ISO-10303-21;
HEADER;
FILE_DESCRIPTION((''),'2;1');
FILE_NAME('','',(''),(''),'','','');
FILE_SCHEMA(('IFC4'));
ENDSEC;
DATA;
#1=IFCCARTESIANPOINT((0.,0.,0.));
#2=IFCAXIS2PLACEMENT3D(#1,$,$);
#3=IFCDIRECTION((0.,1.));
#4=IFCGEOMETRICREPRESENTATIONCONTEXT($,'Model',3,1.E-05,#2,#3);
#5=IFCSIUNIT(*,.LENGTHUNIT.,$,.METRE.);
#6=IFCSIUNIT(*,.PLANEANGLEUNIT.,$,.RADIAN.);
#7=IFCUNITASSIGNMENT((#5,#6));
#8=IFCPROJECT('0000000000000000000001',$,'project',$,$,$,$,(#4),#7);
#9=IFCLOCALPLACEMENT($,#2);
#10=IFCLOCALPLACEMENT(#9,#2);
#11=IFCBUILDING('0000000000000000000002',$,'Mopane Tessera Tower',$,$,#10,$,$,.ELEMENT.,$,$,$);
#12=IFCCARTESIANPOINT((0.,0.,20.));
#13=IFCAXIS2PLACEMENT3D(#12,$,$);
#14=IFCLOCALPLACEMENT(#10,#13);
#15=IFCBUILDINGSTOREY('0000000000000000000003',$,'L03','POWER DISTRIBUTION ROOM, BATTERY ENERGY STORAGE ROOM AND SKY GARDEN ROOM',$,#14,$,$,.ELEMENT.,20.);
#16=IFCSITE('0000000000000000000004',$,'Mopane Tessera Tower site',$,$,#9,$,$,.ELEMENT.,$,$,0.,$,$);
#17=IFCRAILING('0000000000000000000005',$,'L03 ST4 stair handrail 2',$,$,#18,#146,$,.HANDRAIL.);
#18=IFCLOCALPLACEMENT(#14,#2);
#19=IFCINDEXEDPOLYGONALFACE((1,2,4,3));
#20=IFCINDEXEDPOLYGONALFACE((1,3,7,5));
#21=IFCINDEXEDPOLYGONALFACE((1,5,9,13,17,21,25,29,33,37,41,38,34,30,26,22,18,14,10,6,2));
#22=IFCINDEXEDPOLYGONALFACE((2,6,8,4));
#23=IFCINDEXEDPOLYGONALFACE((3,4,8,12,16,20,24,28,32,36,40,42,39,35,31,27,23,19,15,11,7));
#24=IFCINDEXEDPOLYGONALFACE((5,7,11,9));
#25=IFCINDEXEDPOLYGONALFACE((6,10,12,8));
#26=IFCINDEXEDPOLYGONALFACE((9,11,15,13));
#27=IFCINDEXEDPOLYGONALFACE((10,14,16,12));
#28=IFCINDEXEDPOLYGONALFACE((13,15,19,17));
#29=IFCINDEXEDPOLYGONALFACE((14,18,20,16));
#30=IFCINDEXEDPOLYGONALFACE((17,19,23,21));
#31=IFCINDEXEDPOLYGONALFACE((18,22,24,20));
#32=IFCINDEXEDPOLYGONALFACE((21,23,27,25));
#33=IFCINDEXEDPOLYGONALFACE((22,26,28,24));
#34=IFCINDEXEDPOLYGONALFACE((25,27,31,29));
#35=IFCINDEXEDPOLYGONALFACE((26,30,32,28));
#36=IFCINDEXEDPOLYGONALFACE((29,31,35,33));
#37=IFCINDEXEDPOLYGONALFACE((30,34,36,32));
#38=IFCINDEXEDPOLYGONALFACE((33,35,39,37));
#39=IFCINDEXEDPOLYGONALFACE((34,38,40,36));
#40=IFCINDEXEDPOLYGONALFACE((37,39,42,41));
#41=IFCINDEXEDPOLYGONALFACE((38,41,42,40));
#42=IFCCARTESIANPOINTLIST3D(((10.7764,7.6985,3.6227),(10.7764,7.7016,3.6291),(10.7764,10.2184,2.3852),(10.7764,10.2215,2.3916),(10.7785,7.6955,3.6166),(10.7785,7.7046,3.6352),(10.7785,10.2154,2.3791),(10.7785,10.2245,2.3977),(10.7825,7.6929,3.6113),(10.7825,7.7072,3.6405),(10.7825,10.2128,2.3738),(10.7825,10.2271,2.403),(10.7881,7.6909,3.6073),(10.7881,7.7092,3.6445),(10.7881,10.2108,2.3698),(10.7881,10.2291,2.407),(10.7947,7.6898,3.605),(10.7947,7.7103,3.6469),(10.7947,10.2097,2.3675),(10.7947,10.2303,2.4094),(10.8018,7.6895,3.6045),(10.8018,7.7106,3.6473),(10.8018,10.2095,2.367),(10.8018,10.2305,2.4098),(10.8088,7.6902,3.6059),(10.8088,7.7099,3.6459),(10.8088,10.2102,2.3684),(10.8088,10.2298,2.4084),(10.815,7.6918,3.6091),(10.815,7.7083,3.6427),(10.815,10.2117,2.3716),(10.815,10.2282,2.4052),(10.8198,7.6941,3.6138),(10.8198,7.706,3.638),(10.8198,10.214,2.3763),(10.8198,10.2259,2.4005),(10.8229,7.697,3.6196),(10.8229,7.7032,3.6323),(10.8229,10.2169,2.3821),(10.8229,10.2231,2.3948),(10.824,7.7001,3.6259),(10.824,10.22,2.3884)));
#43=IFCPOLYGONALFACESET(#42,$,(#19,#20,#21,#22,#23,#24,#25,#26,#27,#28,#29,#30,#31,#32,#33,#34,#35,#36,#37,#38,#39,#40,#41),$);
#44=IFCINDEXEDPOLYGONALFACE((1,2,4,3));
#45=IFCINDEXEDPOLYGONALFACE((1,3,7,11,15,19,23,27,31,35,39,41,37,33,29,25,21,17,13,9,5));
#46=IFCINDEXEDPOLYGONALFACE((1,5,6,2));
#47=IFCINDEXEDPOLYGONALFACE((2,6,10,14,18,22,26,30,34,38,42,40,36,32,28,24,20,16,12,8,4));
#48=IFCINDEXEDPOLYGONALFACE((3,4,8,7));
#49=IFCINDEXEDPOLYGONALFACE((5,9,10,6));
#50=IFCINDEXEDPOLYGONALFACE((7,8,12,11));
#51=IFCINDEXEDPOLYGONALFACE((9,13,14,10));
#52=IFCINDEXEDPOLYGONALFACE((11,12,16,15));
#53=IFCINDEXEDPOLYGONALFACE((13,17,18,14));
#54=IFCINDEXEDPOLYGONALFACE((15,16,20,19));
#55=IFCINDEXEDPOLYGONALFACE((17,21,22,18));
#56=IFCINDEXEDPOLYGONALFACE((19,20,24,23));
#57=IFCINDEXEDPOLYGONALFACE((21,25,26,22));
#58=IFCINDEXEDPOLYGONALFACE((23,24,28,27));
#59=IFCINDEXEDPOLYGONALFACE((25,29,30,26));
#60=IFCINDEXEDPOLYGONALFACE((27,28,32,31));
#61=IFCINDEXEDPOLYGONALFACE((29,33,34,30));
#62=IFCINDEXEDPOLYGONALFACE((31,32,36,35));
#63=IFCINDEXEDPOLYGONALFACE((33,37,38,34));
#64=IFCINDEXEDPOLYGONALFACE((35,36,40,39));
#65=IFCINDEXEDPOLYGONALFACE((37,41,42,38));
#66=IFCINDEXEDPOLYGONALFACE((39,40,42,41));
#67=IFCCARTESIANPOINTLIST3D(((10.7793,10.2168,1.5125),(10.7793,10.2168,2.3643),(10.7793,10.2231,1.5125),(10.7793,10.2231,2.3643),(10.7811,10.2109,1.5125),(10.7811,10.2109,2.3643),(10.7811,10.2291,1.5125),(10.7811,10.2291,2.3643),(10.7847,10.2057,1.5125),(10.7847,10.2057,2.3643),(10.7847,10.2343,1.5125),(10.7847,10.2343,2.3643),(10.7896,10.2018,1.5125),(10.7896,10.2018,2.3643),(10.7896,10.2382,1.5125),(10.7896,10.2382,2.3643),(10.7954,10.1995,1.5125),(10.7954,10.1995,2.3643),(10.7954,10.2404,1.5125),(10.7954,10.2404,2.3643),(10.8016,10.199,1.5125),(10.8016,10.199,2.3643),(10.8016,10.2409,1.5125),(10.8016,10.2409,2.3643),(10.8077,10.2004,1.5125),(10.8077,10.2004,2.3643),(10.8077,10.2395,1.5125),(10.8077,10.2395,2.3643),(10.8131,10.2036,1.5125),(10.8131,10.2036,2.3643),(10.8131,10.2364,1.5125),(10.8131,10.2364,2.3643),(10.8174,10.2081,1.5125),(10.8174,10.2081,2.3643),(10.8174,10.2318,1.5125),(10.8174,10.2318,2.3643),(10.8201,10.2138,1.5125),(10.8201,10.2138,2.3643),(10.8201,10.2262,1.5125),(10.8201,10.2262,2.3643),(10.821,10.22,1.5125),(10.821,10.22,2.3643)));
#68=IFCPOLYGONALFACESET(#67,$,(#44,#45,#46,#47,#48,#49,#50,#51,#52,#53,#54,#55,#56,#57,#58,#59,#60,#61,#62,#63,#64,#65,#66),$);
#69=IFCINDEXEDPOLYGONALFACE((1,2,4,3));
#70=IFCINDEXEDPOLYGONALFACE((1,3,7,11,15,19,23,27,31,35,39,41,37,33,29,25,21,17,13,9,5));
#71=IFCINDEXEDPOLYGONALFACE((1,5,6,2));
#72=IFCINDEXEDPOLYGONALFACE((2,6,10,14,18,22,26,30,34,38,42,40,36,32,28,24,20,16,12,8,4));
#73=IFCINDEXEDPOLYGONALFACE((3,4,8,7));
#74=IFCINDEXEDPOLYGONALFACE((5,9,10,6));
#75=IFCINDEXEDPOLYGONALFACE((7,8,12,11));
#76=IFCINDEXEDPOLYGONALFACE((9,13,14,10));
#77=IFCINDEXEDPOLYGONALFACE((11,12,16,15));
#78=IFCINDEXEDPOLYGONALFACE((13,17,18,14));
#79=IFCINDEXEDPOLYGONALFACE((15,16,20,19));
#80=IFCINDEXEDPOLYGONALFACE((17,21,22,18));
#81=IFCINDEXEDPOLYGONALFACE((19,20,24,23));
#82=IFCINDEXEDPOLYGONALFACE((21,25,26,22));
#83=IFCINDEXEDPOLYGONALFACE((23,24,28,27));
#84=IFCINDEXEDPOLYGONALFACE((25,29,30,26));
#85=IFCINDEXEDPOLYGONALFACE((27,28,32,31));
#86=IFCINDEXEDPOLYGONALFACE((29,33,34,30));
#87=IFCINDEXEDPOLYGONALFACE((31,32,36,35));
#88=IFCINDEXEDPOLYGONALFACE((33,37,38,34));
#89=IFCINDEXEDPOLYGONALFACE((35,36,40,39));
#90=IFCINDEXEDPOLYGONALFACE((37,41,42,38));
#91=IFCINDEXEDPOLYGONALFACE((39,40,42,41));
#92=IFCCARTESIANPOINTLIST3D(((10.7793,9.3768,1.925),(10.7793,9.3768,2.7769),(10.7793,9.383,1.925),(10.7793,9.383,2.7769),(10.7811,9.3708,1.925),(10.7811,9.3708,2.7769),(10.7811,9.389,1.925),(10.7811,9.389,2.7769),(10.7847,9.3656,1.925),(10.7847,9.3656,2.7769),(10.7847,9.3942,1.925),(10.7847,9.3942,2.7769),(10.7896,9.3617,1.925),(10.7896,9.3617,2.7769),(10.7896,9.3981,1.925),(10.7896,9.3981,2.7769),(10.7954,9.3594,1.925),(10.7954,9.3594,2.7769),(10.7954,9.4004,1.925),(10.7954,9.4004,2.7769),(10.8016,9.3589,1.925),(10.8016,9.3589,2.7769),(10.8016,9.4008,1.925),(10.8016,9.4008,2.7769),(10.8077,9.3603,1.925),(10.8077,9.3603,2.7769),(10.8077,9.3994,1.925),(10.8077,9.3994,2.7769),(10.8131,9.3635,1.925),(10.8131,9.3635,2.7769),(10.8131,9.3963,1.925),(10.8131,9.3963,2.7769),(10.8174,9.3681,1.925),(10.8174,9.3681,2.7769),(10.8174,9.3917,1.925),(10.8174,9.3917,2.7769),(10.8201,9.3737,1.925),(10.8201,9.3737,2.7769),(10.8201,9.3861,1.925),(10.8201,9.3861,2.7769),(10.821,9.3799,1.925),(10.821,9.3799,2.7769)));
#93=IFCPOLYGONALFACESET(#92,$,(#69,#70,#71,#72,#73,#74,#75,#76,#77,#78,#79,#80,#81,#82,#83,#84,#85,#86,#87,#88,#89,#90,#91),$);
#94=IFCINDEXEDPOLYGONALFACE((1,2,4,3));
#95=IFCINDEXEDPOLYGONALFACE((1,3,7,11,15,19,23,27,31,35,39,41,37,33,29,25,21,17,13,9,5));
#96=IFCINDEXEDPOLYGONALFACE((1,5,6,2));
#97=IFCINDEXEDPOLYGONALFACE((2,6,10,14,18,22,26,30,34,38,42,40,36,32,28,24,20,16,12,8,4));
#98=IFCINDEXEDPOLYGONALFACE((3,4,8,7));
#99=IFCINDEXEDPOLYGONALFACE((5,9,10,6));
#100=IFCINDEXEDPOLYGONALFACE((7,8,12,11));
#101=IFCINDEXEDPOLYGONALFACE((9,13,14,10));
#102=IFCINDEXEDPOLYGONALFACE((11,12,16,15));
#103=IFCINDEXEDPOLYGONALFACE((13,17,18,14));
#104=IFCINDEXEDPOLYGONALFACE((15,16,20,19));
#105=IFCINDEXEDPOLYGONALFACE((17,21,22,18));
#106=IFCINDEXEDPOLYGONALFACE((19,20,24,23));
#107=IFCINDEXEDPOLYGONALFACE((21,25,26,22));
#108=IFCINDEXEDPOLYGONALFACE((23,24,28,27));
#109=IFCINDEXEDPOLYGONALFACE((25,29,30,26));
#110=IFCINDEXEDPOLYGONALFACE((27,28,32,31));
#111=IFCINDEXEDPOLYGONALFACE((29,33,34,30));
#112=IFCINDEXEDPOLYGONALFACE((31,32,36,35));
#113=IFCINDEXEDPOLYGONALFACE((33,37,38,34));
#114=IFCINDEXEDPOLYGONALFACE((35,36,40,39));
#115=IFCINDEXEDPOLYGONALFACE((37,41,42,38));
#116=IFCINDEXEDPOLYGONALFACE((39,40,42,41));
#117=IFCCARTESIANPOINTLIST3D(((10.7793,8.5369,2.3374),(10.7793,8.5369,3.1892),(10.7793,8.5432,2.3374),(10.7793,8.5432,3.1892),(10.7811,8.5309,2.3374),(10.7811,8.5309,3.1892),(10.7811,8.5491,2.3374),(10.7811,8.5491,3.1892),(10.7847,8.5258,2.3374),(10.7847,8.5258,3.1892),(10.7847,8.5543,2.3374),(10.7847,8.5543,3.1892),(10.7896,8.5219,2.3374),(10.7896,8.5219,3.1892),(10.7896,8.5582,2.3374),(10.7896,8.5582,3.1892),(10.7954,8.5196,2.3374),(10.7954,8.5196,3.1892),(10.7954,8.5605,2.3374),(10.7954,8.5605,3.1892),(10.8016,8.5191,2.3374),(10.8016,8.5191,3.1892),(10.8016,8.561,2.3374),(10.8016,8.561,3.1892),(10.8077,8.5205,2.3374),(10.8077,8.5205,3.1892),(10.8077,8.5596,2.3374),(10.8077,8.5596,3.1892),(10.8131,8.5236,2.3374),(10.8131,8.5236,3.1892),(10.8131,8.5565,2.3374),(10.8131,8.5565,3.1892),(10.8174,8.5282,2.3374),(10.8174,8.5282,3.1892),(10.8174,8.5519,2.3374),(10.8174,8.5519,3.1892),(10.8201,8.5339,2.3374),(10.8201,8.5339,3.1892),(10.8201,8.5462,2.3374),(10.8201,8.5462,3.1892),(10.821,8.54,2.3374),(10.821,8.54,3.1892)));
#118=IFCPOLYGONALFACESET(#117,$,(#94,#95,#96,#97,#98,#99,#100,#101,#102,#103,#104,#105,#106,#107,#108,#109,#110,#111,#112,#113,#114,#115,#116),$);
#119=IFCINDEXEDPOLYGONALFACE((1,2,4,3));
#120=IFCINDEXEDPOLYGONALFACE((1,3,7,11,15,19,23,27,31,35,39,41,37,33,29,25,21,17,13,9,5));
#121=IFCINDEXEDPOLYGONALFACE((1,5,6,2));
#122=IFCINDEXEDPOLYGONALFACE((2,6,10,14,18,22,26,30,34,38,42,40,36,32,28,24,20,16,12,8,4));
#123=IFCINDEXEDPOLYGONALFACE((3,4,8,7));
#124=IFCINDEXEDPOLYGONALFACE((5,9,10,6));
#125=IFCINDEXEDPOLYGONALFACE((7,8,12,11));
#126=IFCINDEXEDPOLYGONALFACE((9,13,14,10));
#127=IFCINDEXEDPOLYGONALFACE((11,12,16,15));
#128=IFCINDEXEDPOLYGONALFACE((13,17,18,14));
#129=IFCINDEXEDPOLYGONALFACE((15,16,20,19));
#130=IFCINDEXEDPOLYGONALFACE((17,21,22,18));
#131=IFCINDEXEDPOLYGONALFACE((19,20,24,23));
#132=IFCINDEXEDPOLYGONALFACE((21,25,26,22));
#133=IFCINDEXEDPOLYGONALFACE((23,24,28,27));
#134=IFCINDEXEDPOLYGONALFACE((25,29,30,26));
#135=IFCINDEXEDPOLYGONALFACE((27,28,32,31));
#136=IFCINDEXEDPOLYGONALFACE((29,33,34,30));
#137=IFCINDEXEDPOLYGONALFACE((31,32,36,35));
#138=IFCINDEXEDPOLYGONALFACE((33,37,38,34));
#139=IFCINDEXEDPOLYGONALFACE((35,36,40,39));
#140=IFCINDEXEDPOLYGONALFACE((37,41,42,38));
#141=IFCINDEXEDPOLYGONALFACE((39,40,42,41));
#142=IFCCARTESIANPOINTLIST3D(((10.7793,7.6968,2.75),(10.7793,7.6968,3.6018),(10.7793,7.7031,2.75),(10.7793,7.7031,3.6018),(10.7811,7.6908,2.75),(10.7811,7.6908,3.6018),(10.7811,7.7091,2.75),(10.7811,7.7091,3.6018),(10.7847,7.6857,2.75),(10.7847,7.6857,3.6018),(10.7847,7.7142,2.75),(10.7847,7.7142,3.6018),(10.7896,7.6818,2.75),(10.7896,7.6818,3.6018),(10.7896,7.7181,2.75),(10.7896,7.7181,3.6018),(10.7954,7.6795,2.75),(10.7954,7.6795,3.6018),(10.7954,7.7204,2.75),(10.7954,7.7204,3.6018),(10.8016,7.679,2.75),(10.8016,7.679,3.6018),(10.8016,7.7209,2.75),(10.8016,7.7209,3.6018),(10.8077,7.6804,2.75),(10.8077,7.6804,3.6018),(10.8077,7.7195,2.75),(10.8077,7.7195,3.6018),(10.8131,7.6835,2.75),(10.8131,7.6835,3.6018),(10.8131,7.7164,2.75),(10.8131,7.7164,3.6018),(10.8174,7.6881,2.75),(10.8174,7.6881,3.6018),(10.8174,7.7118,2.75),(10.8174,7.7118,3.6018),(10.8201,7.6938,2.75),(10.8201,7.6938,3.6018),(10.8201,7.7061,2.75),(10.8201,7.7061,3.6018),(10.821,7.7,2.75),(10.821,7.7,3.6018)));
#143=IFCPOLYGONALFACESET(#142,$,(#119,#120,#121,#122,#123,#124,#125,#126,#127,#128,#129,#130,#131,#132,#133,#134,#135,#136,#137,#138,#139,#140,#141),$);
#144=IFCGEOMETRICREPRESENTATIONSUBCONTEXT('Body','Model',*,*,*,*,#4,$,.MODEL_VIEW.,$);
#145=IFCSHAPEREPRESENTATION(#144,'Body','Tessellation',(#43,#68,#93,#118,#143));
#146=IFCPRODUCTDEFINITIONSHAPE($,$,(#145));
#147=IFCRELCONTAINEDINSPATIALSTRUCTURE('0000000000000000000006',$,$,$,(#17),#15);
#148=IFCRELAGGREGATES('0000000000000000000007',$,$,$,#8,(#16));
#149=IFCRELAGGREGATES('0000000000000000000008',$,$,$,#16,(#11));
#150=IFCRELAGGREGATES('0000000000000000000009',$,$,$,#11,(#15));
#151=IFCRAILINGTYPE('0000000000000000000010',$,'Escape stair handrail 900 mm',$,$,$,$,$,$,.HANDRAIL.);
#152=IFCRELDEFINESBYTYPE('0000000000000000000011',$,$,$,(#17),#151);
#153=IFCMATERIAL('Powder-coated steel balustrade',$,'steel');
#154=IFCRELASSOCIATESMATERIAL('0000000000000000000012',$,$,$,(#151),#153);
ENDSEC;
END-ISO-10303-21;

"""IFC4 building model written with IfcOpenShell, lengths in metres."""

from ifc_helpers import new_model, si_unit, direction, frame, origin, origin_2d, place, context, subcontext, project, spatial, circle, extrude, material, type_object, element, save


model = new_model("IFC4")

# Units and contexts
model_context = context("Model", 3, precision=1e-05, world=origin(), true_north=direction((0.0, 1.0)))
body_context = subcontext(model_context, "Body", "Model", "MODEL_VIEW")
ifc_project = project(units=[si_unit("LENGTHUNIT", "METRE"), si_unit("PLANEANGLEUNIT", "RADIAN")], contexts=[model_context])

# Site, building, storey
site_placement = place(None, origin())
site = spatial("IfcSite", under=ifc_project, at=site_placement, Name="Mopane Tessera Tower site", CompositionType="ELEMENT", RefElevation=0.0)
building_placement = place(site_placement, origin())
building = spatial("IfcBuilding", under=site, at=building_placement, Name="Mopane Tessera Tower", CompositionType="ELEMENT")
storey_placement = place(building_placement, frame((0.0, 0.0, 20.0)))
storey = spatial("IfcBuildingStorey", under=building, at=storey_placement, Name="L03", Description="POWER DISTRIBUTION ROOM, BATTERY ENERGY STORAGE ROOM AND SKY GARDEN ROOM", CompositionType="ELEMENT", Elevation=20.0)

# Railing
ifc_material_1 = material(Name="Powder-coated steel balustrade", Category="steel")
railing_type_1 = type_object("IfcRailingType", Name="Escape stair handrail 900 mm", PredefinedType="HANDRAIL", material=ifc_material_1)
for number, where, name in (
    (1, (10.8, 10.22, 1.5125), "L03 ST4 stair handrail 2"),
):
    element("IfcRailing", number, at=place(storey_placement, frame(where)), inside=storey, type_object=railing_type_1, Name=name, PredefinedType="HANDRAIL", context=body_context, shape_type="SweptSolid", body=[
        extrude(circle(Radius=0.0239, at=origin_2d()), frame((0.0, 0.0, 0.876), z_axis=(0.0, -0.897604, 0.440802), x_axis=(1.0, 0.0, 0.0)), (0.0, 0.0, 1.0), 2.8074),
        extrude(circle(Radius=0.021, at=origin_2d()), origin(), (0.0, 0.0, 1.0), 0.8518),
        extrude(circle(Radius=0.021, at=origin_2d()), frame((0.0, -0.8401, 0.4126)), (0.0, 0.0, 1.0), 0.8518),
        extrude(circle(Radius=0.021, at=origin_2d()), frame((0.0, -1.6799, 0.825)), (0.0, 0.0, 1.0), 0.8518),
        extrude(circle(Radius=0.021, at=origin_2d()), frame((0.0, -2.52, 1.2375)), (0.0, 0.0, 1.0), 0.8518),
    ])

save(model, "model.ifc")
